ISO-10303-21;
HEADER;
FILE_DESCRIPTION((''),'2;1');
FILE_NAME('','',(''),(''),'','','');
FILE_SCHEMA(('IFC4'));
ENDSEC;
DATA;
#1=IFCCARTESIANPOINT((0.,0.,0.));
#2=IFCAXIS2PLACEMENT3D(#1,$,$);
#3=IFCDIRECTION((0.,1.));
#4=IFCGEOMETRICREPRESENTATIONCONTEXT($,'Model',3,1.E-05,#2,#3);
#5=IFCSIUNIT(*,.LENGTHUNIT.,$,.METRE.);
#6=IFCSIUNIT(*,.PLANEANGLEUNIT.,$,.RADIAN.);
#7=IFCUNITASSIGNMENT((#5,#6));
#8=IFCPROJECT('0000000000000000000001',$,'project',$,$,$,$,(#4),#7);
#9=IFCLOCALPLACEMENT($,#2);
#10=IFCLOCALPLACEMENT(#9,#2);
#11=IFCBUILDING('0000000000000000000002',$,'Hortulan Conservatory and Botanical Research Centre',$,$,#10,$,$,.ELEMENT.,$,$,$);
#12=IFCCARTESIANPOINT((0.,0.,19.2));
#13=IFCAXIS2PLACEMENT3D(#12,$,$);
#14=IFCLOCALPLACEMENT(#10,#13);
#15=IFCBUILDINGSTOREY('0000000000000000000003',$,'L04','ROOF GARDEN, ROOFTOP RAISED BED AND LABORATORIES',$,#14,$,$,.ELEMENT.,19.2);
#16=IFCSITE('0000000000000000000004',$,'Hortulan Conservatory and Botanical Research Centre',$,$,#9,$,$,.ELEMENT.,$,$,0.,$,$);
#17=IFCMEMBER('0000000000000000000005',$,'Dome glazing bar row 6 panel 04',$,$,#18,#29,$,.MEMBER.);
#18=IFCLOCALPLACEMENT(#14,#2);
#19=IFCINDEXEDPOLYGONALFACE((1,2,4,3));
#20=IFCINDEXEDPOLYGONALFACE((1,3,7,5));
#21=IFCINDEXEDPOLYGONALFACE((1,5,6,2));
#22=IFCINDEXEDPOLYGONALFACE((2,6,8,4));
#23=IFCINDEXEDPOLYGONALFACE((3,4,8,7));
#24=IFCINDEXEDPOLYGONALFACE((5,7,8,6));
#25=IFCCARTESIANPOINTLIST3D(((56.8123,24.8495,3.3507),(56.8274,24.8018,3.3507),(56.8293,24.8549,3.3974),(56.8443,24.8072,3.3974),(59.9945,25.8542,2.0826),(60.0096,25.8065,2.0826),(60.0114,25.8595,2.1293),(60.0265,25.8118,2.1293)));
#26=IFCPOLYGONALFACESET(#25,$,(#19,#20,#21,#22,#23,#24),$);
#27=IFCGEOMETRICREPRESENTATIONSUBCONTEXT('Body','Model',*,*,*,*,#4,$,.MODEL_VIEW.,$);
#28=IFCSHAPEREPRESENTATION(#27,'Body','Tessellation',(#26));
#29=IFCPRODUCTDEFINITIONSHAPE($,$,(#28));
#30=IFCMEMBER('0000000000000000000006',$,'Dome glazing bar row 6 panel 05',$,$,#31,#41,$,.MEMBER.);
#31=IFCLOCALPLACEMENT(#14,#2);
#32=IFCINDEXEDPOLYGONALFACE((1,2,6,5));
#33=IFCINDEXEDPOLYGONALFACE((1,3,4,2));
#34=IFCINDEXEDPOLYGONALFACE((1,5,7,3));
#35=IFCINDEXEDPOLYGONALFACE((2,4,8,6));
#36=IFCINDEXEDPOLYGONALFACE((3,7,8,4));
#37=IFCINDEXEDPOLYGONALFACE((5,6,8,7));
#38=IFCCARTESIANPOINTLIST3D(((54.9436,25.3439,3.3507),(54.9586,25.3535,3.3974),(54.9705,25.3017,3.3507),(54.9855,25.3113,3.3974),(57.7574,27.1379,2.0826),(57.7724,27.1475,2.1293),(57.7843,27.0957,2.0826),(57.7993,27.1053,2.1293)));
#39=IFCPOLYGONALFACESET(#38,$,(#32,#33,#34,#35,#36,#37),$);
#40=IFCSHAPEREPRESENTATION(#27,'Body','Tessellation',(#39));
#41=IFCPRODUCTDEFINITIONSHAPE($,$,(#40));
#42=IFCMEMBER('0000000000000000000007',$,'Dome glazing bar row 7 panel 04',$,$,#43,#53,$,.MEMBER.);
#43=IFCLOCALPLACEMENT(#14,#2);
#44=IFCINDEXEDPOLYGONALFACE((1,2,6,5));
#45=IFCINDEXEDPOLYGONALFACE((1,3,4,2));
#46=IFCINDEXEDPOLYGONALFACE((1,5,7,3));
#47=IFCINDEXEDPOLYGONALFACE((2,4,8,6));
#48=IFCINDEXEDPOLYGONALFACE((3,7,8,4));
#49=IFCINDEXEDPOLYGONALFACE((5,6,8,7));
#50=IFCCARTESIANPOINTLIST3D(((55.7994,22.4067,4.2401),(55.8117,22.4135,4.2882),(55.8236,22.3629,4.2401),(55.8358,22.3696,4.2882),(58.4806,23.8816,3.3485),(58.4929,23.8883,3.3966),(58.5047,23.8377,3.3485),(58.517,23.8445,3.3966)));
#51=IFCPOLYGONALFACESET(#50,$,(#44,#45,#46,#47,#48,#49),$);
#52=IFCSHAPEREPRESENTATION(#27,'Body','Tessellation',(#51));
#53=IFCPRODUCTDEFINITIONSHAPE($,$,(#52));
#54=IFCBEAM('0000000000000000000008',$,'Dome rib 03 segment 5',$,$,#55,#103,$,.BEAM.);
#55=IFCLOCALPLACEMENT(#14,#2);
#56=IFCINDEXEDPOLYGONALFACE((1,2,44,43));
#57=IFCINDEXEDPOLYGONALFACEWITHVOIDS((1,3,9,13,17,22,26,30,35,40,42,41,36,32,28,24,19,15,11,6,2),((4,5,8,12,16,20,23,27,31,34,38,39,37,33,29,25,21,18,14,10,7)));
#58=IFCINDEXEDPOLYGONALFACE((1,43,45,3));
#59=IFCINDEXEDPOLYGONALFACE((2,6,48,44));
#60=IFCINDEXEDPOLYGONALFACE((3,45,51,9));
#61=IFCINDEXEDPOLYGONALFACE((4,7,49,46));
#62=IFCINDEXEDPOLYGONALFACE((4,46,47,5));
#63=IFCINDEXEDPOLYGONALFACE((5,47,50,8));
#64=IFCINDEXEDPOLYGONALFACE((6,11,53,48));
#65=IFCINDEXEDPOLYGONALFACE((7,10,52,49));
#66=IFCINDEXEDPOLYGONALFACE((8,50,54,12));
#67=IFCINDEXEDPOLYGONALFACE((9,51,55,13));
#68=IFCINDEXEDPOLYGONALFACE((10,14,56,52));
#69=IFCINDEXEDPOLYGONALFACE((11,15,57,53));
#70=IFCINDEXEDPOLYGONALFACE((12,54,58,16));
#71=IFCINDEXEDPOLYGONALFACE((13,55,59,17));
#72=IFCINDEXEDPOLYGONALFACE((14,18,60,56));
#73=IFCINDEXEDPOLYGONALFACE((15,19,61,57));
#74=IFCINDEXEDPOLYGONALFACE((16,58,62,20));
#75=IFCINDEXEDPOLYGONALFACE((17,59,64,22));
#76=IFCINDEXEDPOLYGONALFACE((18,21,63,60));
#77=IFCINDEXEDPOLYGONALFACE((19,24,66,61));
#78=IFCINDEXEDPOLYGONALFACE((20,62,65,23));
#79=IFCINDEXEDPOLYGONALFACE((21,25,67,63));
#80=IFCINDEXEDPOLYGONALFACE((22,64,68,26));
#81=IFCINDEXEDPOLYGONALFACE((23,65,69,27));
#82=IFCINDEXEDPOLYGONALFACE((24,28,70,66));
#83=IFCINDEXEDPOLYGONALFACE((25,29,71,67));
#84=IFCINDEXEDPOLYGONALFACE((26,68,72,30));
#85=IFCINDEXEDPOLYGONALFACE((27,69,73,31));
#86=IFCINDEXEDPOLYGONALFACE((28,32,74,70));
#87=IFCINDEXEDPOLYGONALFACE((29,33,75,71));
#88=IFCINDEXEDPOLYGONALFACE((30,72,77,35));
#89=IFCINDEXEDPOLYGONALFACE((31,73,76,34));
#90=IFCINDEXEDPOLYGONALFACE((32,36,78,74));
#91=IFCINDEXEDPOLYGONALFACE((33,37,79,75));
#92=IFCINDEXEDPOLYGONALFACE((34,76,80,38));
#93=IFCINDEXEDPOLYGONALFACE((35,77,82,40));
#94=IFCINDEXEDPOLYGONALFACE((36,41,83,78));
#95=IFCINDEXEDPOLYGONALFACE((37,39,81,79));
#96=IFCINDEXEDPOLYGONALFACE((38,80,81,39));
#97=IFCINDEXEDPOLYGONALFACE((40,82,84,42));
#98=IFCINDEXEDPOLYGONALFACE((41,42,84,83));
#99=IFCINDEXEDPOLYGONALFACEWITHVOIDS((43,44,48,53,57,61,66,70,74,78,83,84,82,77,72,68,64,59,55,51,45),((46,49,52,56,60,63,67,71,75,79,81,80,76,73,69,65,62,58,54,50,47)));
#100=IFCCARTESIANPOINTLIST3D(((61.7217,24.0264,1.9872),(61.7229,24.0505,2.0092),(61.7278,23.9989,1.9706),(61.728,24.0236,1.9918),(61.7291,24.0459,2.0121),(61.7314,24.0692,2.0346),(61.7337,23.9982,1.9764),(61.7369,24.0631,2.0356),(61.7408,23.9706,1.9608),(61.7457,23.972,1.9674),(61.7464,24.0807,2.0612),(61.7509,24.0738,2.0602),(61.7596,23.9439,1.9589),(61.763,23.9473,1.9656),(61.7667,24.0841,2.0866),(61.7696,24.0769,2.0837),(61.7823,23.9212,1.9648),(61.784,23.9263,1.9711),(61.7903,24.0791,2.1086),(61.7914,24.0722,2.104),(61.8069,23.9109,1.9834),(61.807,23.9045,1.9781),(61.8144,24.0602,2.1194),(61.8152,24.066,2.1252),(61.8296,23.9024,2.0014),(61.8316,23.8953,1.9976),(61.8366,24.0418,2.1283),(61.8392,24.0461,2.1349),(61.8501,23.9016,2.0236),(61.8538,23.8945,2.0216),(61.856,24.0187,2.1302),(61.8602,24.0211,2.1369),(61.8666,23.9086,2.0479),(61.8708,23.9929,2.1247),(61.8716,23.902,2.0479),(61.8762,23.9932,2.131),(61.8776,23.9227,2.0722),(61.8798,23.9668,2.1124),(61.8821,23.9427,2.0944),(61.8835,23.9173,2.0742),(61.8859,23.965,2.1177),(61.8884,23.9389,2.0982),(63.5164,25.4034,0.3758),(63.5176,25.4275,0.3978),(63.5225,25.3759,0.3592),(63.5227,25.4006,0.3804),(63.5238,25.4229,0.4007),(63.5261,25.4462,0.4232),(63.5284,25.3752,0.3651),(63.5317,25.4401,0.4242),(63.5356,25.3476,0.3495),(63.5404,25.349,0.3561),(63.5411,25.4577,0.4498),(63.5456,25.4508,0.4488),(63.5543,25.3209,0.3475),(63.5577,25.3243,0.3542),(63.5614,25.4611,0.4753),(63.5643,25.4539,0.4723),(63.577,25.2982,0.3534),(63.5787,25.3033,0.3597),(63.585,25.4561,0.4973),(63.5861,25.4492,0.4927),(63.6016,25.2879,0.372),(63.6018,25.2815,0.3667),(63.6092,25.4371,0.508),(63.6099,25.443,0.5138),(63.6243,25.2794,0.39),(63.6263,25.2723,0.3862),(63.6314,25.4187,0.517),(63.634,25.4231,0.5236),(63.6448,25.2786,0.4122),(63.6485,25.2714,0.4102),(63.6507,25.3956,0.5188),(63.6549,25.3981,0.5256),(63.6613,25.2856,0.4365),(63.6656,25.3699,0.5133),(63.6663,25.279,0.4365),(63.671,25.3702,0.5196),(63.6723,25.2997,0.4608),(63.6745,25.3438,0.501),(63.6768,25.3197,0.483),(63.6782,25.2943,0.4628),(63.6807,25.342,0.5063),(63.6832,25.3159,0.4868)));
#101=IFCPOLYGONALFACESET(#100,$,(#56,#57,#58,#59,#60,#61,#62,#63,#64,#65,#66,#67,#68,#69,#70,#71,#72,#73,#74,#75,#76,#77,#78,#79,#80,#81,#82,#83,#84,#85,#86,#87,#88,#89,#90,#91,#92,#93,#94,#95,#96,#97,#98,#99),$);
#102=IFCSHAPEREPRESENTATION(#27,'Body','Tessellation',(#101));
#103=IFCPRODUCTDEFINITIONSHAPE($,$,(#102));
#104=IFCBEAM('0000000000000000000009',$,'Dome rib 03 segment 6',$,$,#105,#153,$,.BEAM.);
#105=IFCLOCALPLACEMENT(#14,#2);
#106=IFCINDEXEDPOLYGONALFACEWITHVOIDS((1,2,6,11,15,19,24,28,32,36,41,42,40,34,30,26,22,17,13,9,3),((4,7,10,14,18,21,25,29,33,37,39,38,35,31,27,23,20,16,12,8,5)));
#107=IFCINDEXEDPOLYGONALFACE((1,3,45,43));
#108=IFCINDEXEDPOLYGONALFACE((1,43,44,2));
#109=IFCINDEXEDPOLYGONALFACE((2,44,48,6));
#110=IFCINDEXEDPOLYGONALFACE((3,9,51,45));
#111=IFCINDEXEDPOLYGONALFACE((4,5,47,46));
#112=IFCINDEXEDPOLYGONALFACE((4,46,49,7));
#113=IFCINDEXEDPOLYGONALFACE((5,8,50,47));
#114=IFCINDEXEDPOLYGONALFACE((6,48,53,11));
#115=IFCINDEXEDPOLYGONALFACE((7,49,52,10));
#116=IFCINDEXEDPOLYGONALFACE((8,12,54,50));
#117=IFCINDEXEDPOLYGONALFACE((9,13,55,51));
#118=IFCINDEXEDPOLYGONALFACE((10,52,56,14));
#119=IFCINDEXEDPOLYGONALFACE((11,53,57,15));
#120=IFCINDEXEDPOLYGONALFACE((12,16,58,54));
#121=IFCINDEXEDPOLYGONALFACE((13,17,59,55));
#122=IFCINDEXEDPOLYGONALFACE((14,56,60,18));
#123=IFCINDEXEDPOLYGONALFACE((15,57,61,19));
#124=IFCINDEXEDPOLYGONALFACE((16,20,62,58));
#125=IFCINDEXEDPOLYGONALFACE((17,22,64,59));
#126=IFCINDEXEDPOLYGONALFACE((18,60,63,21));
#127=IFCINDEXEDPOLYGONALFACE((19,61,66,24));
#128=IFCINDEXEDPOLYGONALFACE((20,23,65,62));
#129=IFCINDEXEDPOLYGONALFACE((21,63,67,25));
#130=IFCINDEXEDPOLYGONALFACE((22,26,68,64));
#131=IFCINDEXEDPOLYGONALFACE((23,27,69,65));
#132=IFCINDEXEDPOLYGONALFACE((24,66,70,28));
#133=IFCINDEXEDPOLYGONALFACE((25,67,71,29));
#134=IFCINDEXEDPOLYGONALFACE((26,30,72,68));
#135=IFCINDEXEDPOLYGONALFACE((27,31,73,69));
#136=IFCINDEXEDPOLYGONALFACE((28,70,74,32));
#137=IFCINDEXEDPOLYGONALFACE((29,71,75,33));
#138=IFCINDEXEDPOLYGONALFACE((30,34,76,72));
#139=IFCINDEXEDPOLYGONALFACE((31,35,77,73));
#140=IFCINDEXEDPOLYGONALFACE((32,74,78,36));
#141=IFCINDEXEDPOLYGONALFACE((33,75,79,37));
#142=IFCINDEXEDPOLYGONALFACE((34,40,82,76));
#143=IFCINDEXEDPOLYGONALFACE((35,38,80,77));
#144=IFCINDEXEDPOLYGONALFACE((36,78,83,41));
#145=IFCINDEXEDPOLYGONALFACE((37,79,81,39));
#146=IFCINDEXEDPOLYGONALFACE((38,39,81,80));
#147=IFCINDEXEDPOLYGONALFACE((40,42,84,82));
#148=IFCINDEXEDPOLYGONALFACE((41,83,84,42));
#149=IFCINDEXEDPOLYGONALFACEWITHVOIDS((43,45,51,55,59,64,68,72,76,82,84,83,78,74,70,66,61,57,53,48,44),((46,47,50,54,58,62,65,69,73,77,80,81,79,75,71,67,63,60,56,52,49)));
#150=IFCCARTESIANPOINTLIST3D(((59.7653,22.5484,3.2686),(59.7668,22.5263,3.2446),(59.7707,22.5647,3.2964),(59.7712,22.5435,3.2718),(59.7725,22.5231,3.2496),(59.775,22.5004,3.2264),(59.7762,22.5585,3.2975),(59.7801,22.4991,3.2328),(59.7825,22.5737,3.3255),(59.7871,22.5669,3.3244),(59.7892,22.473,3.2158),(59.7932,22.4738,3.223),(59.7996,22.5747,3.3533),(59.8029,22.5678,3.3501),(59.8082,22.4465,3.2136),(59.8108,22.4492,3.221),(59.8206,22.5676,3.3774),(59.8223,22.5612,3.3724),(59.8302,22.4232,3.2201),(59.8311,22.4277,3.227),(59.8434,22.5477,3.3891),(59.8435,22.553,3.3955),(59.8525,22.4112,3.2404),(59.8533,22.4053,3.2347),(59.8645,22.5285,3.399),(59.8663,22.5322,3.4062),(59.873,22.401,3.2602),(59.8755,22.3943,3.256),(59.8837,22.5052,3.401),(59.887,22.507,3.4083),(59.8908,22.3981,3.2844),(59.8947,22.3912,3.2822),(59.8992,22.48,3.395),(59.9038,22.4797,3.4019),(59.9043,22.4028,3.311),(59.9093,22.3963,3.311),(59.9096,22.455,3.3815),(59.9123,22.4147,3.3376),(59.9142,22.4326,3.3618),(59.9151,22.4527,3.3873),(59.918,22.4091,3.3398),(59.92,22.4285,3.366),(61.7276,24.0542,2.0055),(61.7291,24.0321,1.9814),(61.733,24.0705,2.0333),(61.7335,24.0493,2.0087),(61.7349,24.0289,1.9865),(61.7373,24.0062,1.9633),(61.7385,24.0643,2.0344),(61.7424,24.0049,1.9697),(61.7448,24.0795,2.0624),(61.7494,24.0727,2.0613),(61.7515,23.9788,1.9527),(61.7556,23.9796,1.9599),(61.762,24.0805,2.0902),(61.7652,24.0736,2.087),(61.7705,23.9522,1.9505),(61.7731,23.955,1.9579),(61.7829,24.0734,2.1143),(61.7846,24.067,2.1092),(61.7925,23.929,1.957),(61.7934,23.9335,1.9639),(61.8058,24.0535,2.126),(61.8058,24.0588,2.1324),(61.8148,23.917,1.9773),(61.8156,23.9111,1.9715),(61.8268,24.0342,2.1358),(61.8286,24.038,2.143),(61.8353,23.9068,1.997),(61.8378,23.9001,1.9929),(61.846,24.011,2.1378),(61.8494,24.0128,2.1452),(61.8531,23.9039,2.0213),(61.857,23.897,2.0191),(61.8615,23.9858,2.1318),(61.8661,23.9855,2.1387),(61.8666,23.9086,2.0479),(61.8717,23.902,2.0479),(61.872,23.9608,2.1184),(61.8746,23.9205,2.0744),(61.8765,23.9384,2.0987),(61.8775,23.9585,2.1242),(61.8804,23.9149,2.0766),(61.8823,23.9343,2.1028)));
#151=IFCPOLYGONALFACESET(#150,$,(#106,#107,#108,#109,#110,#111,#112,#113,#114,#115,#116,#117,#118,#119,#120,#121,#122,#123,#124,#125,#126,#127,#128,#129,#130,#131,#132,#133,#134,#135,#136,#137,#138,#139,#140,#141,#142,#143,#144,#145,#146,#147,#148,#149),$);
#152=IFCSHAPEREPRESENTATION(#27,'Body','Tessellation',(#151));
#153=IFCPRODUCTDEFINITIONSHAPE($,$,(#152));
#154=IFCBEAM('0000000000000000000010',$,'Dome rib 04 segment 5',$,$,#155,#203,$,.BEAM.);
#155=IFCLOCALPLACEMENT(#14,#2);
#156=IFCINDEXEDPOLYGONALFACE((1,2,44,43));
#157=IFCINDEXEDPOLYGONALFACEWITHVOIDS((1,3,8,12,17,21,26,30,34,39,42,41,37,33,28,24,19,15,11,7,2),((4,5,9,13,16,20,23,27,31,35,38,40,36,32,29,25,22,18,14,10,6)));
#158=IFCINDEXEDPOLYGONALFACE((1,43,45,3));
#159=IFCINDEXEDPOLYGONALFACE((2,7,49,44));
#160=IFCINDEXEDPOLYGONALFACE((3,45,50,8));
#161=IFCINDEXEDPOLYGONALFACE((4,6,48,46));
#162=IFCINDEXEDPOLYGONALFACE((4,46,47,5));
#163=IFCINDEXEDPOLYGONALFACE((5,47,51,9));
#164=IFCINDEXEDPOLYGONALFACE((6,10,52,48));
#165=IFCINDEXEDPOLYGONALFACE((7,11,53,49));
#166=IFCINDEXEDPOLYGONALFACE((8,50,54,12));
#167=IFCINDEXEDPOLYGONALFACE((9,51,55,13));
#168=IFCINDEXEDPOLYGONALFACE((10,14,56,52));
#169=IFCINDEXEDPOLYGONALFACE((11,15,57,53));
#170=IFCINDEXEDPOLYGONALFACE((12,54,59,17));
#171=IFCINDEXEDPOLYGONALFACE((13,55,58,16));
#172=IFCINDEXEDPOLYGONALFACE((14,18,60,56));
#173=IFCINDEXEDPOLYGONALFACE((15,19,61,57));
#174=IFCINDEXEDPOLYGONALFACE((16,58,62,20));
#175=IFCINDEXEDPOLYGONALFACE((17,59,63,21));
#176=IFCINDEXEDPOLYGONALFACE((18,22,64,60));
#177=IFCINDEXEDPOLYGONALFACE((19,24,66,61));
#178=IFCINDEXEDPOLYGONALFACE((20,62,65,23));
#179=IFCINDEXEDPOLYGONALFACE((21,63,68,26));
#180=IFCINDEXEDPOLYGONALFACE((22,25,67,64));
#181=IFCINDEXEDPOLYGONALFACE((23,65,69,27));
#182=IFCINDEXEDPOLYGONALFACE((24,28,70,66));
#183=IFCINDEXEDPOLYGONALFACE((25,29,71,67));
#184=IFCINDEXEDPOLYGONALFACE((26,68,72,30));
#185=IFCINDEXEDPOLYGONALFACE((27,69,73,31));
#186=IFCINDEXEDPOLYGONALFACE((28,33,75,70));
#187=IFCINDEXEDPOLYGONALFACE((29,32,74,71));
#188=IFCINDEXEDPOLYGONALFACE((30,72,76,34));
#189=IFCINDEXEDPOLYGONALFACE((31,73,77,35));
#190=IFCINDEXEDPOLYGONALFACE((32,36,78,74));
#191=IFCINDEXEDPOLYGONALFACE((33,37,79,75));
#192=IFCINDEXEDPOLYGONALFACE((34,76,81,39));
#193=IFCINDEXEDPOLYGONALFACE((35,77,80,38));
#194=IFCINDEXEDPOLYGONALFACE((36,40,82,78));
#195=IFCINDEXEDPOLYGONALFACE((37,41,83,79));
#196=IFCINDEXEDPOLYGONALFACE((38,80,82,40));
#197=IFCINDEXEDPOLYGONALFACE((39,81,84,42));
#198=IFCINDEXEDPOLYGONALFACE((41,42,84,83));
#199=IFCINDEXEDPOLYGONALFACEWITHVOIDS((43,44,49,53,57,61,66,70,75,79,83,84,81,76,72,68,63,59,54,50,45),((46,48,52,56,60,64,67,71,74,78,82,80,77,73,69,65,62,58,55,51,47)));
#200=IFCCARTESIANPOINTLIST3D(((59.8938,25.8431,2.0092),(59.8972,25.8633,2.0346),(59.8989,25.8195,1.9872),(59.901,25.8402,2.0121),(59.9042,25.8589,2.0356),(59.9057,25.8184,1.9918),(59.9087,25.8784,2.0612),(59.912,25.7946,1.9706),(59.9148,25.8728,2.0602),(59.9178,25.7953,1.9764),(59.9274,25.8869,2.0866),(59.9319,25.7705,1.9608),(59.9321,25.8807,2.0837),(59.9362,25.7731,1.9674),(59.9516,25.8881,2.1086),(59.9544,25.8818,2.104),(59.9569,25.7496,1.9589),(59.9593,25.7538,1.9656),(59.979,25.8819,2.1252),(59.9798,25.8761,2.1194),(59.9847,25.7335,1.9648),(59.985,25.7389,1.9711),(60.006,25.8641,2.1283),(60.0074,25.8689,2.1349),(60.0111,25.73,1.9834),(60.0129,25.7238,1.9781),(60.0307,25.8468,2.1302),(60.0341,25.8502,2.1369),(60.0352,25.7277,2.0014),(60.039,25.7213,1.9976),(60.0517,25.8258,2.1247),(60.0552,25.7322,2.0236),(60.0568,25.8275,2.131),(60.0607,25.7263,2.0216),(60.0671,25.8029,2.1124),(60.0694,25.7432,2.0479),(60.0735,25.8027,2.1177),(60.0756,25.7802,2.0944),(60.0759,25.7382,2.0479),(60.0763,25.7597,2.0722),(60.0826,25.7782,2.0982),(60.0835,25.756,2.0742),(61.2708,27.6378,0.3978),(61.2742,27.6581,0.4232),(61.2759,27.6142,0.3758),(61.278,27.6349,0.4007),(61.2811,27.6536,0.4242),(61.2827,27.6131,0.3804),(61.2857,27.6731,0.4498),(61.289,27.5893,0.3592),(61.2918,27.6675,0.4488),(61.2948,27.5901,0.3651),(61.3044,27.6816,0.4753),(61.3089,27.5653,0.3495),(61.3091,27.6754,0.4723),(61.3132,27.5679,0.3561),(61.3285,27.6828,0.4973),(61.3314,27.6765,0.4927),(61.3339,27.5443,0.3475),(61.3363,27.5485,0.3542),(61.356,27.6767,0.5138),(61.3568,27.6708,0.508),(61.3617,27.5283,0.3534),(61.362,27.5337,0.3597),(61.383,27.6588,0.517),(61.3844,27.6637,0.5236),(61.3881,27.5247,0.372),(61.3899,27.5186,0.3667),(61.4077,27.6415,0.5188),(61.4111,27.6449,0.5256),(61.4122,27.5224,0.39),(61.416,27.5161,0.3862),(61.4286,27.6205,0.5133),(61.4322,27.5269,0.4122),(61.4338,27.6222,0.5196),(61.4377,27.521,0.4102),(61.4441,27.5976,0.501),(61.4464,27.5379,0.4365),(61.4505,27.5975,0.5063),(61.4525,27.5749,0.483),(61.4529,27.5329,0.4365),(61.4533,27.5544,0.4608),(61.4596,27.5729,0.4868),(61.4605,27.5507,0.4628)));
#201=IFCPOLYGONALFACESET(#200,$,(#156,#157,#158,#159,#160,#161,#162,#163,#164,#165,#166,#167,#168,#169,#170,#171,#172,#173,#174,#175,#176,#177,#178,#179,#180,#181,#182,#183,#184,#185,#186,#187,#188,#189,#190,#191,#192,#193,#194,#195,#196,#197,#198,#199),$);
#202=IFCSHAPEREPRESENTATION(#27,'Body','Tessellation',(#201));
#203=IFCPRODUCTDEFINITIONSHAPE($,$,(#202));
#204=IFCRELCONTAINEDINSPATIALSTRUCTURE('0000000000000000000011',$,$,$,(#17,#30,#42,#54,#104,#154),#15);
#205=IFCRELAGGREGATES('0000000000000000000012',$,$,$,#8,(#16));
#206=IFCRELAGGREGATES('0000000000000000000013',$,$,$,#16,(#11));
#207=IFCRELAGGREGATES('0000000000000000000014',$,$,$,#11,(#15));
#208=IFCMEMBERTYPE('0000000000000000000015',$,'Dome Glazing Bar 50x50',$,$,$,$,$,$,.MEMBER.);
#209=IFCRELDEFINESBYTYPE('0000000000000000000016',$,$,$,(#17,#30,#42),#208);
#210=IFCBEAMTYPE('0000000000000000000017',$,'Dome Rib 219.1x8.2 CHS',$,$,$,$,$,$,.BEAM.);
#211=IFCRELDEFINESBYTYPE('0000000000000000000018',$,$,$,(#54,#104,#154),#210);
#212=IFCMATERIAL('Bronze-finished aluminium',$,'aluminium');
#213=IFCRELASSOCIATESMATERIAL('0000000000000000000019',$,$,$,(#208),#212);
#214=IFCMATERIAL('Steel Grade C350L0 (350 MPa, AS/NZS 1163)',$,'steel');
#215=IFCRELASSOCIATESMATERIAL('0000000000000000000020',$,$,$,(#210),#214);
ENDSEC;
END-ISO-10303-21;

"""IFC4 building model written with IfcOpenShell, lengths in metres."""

from ifc_helpers import new_model, si_unit, direction, frame, origin, origin_2d, place, context, subcontext, project, spatial, rectangle, hollow_circle, extrude, material, material_profile, profile_set, type_object, element, save


model = new_model("IFC4")

# Units and contexts
model_context = context("Model", 3, precision=1e-05, world=origin(), true_north=direction((0.0, 1.0)))
body_context = subcontext(model_context, "Body", "Model", "MODEL_VIEW")
ifc_project = project(units=[si_unit("LENGTHUNIT", "METRE"), si_unit("PLANEANGLEUNIT", "RADIAN")], contexts=[model_context])

# Site, building, storey
site_placement = place(None, origin())
site = spatial("IfcSite", under=ifc_project, at=site_placement, Name="Hortulan Conservatory and Botanical Research Centre", CompositionType="ELEMENT", RefElevation=0.0)
building_placement = place(site_placement, origin())
building = spatial("IfcBuilding", under=site, at=building_placement, Name="Hortulan Conservatory and Botanical Research Centre", CompositionType="ELEMENT")
storey_placement = place(building_placement, frame((0.0, 0.0, 19.2)))
storey = spatial("IfcBuildingStorey", under=building, at=storey_placement, Name="L04", Description="ROOF GARDEN, ROOFTOP RAISED BED AND LABORATORIES", CompositionType="ELEMENT", Elevation=19.2)

# Members
ifc_material_1 = material(Name="Bronze-finished aluminium", Category="aluminium")
ifc_material_profile_1 = material_profile(ifc_material_1, rectangle(XDim=0.05, YDim=0.05, at=origin_2d()), Name="Square bar 50x50")
ifc_profile_set_1 = profile_set([ifc_material_profile_1], Name="Bronze-finished aluminium")
member_type_1 = type_object("IfcMemberType", Name="Dome Glazing Bar 50x50", PredefinedType="MEMBER", material=ifc_profile_set_1)
for number, where, z_axis, x_axis, name in (
    (1, (60.0105, 25.833, 2.106), (-0.891411, -0.28143, 0.355224), (0.301065, -0.953604, 0.0), "Dome glazing bar row 6 panel 04"),
    (2, (57.7783, 27.1216, 2.106), (-0.788208, -0.502538, 0.355224), (0.5376, -0.8432, 0.0), "Dome glazing bar row 6 panel 05"),
):
    element("IfcMember", number, at=place(storey_placement, frame(where, z_axis=z_axis, x_axis=x_axis)), inside=storey, type_object=member_type_1, Name=name, PredefinedType="MEMBER", context=body_context, shape_type="SweptSolid", body=[
        extrude(rectangle(XDim=0.05, YDim=0.05, at=origin_2d()), origin(), (0.0, 0.0, 1.0), 3.5698),
    ])
member_1_placement = place(storey_placement, frame((58.4988, 23.863, 3.3726), z_axis=(-0.841205, -0.462732, 0.279738), x_axis=(0.481974, -0.876186, 0.0)))
element("IfcMember", 3, at=member_1_placement, inside=storey, type_object=member_type_1, Name="Dome glazing bar row 7 panel 04", PredefinedType="MEMBER", context=body_context, shape_type="SweptSolid", body=[
    extrude(rectangle(XDim=0.05, YDim=0.05, at=origin_2d()), origin(), (0.0, 0.0, 1.0), 3.1873),
])

# Beams
ifc_material_2 = material(Name="Steel Grade C350L0 (350 MPa, AS/NZS 1163)", Category="steel")
ifc_material_profile_2 = material_profile(ifc_material_2, hollow_circle(Radius=0.1096, WallThickness=0.0083, at=origin_2d()), Name="219.1x8.2CHS")
ifc_profile_set_2 = profile_set([ifc_material_profile_2], Name="Steel Grade C350L0 (350 MPa, AS/NZS 1163)")
beam_type = type_object("IfcBeamType", Name="Dome Rib 219.1x8.2 CHS", PredefinedType="BEAM", material=ifc_profile_set_2)
for number, where, z_axis, x_axis, name in (
    (4, (63.5996, 25.366, 0.4365), (-0.646201, -0.495793, 0.580184), (0.608719, -0.793386, 0.0), "Dome rib 03 segment 5"),
    (5, (61.8049, 23.989, 2.0479), (-0.706546, -0.542172, 0.454799), (0.608775, -0.793343, 0.0), "Dome rib 03 segment 6"),
    (6, (61.366, 27.5996, 0.4365), (-0.495793, -0.646201, 0.580184), (0.793386, -0.608719, 0.0), "Dome rib 04 segment 5"),
):
    element("IfcBeam", number, at=place(storey_placement, frame(where, z_axis=z_axis, x_axis=x_axis)), inside=storey, type_object=beam_type, Name=name, PredefinedType="BEAM", context=body_context, shape_type="SweptSolid", body=[
        extrude(hollow_circle(Radius=0.1096, WallThickness=0.0083, at=origin_2d()), origin(), (0.0, 0.0, 1.0), 2.7773),
    ])

save(model, "model.ifc")
